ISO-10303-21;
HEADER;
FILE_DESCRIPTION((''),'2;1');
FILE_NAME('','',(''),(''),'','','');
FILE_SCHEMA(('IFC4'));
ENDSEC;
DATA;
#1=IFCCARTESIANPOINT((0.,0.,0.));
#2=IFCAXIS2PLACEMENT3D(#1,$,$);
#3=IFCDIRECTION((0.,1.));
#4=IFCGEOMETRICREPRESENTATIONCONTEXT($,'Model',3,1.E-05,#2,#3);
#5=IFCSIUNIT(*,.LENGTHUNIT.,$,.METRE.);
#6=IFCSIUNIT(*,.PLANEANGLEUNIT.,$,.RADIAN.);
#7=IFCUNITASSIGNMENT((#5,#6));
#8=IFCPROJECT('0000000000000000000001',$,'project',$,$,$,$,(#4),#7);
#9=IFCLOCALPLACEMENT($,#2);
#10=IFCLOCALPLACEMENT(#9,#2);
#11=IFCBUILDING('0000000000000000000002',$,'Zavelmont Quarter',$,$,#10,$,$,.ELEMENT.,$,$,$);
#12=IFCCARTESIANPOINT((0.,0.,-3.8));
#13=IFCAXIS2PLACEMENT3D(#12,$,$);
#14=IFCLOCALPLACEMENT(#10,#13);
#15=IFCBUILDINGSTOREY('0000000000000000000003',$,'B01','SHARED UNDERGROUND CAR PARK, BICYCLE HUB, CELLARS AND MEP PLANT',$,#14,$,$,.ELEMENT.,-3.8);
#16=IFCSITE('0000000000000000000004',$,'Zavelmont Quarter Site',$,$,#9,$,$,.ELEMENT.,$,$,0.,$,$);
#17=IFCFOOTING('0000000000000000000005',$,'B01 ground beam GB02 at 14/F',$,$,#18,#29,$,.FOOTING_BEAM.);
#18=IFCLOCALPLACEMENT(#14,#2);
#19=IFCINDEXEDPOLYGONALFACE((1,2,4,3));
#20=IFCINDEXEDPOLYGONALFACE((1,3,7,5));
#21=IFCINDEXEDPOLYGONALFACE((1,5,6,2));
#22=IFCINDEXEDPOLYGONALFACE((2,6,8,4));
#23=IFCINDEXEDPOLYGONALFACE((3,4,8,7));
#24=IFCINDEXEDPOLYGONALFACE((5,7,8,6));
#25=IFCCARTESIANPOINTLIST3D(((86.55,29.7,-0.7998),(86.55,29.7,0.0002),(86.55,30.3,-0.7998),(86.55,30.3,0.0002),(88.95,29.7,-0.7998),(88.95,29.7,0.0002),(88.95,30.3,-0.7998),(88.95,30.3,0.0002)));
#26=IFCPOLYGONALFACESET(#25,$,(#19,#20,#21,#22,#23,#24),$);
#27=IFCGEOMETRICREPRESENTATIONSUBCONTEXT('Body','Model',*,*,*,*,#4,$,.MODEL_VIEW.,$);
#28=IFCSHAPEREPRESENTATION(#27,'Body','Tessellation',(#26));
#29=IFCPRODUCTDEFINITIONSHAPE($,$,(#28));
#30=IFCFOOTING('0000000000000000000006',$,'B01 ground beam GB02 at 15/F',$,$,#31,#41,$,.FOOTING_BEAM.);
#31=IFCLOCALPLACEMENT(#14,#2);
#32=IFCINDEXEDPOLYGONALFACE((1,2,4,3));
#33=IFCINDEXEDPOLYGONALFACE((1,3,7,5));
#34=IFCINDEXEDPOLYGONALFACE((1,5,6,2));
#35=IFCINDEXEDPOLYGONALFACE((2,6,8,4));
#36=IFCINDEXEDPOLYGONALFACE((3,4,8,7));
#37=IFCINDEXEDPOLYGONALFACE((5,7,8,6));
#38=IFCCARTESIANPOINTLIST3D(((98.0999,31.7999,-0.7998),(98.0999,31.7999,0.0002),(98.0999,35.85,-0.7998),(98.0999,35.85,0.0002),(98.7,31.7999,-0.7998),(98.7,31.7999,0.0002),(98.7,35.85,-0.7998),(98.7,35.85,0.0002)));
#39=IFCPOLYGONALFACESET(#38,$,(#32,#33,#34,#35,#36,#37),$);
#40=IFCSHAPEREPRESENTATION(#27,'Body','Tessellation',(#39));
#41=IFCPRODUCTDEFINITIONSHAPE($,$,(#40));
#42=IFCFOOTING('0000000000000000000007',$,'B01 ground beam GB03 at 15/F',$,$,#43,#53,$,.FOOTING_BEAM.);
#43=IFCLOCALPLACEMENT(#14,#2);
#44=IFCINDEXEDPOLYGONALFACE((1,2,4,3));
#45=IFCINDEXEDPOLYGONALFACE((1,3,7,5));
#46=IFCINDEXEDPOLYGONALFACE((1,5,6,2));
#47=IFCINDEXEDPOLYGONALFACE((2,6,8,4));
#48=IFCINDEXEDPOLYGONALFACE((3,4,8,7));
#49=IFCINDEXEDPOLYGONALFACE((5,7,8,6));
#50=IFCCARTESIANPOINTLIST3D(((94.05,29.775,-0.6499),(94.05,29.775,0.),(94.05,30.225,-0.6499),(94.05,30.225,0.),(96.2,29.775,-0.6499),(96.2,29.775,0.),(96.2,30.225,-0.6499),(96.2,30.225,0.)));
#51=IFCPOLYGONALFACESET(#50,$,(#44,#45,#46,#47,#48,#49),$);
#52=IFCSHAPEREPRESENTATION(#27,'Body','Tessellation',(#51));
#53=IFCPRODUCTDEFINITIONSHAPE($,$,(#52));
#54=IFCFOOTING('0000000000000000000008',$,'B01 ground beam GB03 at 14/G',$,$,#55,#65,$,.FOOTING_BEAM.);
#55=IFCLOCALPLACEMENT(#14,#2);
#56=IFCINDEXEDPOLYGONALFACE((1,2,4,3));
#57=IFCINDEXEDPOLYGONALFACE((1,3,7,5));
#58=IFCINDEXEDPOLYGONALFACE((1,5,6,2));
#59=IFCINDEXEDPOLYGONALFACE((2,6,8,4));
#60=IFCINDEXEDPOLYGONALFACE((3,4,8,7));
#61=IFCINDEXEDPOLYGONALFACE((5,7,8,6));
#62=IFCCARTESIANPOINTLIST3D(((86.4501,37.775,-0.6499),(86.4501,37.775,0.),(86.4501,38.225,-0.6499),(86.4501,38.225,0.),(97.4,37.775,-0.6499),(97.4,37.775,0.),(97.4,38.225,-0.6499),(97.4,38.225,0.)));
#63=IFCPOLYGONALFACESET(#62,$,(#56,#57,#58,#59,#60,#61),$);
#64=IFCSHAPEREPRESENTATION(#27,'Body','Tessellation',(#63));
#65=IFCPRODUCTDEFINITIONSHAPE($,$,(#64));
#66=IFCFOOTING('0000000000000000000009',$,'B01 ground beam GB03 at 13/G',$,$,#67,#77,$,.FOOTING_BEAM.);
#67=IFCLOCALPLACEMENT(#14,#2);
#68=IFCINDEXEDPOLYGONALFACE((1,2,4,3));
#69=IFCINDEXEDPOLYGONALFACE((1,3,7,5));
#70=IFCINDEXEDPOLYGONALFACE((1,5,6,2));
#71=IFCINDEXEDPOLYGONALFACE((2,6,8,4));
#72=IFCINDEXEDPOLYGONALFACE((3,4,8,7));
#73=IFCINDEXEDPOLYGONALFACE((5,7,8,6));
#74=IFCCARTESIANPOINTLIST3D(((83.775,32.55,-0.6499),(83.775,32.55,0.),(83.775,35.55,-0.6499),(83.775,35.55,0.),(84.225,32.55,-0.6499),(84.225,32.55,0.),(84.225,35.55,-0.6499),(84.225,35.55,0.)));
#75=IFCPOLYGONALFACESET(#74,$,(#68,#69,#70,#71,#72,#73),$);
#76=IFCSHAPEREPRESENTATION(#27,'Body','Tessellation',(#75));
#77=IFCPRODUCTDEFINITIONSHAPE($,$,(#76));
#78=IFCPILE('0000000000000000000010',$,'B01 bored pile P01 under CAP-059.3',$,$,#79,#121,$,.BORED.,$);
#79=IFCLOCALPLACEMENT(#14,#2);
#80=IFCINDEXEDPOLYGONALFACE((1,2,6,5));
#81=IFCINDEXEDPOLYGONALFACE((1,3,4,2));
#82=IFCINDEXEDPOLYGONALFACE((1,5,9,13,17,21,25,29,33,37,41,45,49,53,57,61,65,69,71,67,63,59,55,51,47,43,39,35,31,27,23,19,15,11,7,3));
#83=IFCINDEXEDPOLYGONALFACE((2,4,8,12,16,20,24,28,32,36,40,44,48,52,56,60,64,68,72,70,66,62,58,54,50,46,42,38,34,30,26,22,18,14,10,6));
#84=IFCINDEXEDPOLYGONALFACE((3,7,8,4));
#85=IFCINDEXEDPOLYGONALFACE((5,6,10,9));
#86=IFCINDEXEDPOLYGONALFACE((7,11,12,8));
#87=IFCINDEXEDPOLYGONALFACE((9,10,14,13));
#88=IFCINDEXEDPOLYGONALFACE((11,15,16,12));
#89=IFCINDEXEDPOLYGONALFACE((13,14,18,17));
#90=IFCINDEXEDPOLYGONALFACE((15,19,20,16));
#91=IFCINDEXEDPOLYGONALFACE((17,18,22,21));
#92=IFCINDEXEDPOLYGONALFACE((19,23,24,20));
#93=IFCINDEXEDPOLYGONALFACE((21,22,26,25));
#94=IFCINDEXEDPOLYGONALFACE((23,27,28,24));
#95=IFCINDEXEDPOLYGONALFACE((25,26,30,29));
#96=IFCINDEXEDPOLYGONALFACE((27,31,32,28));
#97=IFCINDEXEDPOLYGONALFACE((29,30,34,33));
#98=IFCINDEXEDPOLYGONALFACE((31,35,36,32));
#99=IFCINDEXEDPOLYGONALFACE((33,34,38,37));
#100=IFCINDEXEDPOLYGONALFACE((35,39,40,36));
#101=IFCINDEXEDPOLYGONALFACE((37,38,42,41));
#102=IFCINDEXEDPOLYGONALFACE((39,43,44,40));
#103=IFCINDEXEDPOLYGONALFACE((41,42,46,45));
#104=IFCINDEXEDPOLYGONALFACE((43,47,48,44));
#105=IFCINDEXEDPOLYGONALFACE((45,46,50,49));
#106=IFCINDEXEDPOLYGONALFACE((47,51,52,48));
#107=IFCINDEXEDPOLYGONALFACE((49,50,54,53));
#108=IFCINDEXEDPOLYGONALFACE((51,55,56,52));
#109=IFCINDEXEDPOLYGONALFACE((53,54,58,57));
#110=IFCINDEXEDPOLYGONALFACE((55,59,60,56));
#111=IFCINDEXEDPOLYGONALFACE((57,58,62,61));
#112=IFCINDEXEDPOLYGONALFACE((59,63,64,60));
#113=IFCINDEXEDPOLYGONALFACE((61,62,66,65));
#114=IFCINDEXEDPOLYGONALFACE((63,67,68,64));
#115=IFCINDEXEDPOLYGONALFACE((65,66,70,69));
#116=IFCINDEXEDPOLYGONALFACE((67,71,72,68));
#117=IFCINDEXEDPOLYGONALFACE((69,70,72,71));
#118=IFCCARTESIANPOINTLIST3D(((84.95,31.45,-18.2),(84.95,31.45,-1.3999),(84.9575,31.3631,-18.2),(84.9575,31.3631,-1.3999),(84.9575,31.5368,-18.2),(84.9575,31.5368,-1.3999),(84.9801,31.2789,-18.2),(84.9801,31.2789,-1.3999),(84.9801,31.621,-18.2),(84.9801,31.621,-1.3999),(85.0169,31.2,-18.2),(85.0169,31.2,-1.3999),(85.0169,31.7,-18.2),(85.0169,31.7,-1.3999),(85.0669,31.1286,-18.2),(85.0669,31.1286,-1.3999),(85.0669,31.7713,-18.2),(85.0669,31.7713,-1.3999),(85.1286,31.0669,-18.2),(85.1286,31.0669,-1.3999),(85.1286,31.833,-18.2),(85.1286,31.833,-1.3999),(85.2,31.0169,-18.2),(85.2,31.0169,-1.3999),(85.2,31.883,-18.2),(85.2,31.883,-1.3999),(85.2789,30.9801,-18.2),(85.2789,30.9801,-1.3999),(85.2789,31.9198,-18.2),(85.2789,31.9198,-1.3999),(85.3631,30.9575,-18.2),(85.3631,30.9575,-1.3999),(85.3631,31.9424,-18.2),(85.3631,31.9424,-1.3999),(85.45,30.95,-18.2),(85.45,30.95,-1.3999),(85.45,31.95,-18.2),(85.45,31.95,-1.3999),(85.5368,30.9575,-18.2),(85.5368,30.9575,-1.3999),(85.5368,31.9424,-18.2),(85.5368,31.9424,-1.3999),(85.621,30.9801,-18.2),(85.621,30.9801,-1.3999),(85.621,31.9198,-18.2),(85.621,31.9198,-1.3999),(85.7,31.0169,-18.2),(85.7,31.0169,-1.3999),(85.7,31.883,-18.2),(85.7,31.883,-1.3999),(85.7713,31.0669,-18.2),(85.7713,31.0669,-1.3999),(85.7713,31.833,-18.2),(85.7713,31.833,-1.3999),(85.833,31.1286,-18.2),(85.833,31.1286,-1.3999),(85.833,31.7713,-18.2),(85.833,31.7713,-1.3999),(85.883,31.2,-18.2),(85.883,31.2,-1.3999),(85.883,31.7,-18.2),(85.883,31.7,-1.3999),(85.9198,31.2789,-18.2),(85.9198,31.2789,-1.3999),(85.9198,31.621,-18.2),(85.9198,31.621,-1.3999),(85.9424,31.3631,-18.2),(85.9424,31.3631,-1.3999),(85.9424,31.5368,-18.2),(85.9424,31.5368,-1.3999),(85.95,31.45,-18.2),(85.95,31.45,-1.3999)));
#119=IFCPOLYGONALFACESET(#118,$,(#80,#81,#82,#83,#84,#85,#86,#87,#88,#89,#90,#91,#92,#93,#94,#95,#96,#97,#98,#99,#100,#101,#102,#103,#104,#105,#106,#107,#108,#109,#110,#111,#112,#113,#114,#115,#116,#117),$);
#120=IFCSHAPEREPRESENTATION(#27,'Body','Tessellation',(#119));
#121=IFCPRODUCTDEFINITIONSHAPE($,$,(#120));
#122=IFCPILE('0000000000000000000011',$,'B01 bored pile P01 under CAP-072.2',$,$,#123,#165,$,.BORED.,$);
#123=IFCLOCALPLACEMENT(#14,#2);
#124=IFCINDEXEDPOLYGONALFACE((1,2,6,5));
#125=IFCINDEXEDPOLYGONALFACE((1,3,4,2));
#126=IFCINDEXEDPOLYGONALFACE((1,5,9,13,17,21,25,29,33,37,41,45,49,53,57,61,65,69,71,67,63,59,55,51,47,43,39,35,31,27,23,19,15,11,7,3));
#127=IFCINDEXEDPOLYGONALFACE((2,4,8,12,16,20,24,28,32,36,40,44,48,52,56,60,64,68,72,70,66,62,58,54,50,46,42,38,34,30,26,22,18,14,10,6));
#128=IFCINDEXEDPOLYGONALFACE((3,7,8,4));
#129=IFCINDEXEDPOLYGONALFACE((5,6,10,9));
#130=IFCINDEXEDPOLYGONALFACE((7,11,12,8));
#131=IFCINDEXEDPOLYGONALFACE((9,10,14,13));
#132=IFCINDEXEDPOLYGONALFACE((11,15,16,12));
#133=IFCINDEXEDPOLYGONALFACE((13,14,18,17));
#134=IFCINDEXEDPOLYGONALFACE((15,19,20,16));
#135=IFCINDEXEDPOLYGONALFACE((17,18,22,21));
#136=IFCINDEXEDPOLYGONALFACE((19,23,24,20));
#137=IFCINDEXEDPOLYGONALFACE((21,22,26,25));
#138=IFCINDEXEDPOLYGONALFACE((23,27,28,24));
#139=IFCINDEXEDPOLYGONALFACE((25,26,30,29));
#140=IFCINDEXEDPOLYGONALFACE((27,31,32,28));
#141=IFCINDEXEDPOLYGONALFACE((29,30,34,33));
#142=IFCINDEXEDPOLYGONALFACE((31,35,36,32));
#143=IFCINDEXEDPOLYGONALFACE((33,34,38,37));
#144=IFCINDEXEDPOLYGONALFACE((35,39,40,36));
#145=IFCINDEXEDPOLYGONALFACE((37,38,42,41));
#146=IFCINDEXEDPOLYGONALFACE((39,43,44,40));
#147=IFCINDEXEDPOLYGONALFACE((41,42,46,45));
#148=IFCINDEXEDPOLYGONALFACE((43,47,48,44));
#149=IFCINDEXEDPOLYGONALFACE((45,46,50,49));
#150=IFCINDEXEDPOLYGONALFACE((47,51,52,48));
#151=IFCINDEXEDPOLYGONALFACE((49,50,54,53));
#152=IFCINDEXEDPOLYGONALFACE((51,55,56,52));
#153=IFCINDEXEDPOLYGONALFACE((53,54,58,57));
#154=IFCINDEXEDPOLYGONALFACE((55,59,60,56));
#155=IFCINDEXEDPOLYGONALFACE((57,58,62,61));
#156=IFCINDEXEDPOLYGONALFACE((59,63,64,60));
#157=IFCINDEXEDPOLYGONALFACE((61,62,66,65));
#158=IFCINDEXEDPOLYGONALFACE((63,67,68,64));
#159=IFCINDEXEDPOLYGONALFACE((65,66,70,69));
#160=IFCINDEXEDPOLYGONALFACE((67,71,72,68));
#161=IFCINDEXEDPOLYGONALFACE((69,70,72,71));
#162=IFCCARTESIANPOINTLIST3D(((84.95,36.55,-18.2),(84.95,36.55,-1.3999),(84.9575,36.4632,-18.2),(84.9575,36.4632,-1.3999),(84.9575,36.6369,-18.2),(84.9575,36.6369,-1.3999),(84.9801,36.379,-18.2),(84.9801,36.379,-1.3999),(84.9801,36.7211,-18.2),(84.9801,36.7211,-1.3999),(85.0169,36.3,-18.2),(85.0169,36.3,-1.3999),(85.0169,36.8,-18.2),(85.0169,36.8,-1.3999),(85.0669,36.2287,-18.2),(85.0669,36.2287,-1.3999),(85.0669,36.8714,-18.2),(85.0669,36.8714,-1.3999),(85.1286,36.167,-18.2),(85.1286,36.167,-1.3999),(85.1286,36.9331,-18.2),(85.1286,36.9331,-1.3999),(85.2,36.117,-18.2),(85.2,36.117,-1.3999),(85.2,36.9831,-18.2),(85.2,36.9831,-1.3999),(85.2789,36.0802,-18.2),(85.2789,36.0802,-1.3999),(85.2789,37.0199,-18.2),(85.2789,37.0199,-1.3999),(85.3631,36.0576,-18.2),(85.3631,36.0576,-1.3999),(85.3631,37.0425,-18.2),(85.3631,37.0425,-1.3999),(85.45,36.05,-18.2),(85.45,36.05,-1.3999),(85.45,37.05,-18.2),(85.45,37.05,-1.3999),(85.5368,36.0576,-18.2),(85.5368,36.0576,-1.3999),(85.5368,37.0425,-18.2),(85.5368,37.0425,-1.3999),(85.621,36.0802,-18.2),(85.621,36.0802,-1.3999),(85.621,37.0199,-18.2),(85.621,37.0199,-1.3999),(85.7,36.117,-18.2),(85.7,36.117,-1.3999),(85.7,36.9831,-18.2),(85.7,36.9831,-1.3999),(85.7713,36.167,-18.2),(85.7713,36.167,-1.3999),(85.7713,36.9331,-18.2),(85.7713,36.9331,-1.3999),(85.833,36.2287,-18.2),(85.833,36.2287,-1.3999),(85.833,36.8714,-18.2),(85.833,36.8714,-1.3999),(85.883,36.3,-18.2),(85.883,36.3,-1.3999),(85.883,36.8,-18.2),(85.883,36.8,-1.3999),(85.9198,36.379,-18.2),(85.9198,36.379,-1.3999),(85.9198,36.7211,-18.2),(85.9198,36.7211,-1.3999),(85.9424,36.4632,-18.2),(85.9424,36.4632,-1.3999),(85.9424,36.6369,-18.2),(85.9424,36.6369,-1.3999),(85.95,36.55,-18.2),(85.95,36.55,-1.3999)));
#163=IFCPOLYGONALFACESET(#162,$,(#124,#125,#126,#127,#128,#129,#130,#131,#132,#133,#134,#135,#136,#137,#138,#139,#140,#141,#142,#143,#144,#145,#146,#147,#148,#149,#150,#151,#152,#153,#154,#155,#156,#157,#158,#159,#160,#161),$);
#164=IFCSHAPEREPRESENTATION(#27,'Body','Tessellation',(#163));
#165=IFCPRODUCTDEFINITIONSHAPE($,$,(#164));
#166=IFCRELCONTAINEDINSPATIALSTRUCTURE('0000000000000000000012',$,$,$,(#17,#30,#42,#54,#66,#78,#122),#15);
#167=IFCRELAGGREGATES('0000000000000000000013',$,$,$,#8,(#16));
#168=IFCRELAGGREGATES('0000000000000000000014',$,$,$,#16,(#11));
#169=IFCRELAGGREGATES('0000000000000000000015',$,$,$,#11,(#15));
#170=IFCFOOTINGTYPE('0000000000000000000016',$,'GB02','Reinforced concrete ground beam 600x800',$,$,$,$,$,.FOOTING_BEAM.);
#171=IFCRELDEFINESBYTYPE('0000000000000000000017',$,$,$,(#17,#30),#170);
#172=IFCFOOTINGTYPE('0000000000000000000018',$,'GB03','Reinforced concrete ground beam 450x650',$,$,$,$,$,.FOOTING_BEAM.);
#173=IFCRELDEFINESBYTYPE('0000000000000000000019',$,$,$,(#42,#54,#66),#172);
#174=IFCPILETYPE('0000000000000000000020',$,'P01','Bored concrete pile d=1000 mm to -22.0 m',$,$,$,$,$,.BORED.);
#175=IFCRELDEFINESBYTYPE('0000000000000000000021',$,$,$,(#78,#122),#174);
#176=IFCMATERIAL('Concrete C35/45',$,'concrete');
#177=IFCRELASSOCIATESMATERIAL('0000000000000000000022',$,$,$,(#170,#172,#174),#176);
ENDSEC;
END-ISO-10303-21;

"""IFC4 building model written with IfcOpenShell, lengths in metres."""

from ifc_helpers import new_model, si_unit, direction, frame, origin, origin_2d, place, context, subcontext, project, spatial, rectangle, circle, extrude, material, material_profile, profile_set, type_object, element, save


model = new_model("IFC4")

# Units and contexts
model_context = context("Model", 3, precision=1e-05, world=origin(), true_north=direction((0.0, 1.0)))
body_context = subcontext(model_context, "Body", "Model", "MODEL_VIEW")
ifc_project = project(units=[si_unit("LENGTHUNIT", "METRE"), si_unit("PLANEANGLEUNIT", "RADIAN")], contexts=[model_context])

# Site, building, storey
site_placement = place(None, origin())
site = spatial("IfcSite", under=ifc_project, at=site_placement, Name="Zavelmont Quarter Site", CompositionType="ELEMENT", RefElevation=0.0)
building_placement = place(site_placement, origin())
building = spatial("IfcBuilding", under=site, at=building_placement, Name="Zavelmont Quarter", CompositionType="ELEMENT")
storey_placement = place(building_placement, frame((0.0, 0.0, -3.8)))
storey = spatial("IfcBuildingStorey", under=building, at=storey_placement, Name="B01", Description="SHARED UNDERGROUND CAR PARK, BICYCLE HUB, CELLARS AND MEP PLANT", CompositionType="ELEMENT", Elevation=-3.8)

# Footings
ifc_material_1 = material(Name="Concrete C35/45", Category="concrete")
footing_type_1 = type_object("IfcFootingType", Name="GB02", Description="Reinforced concrete ground beam 600x800", PredefinedType="FOOTING_BEAM", material=ifc_material_1)
footing_1_placement = place(storey_placement, frame((87.75, 30.0, -0.7998), z_axis=(0.0, 0.0, 1.0), x_axis=(1.0, 0.0, 0.0)))
element("IfcFooting", 1, at=footing_1_placement, inside=storey, type_object=footing_type_1, Name="B01 ground beam GB02 at 14/F", PredefinedType="FOOTING_BEAM", context=body_context, shape_type="SweptSolid", body=[
    extrude(rectangle(XDim=2.3999, YDim=0.6001, at=origin_2d()), origin(), (0.0, 0.0, 1.0), 0.8),
])
footing_2_placement = place(storey_placement, frame((98.3999, 33.825, -0.7998), z_axis=(0.0, 0.0, 1.0), x_axis=(0.0, 1.0, 0.0)))
element("IfcFooting", 2, at=footing_2_placement, inside=storey, type_object=footing_type_1, Name="B01 ground beam GB02 at 15/F", PredefinedType="FOOTING_BEAM", context=body_context, shape_type="SweptSolid", body=[
    extrude(rectangle(XDim=4.05, YDim=0.6001, at=origin_2d()), origin(), (0.0, 0.0, 1.0), 0.8),
])
footing_type_2 = type_object("IfcFootingType", Name="GB03", Description="Reinforced concrete ground beam 450x650", PredefinedType="FOOTING_BEAM", material=ifc_material_1)
footing_3_placement = place(storey_placement, frame((95.125, 30.0, -0.6499), z_axis=(0.0, 0.0, 1.0), x_axis=(1.0, 0.0, 0.0)))
element("IfcFooting", 3, at=footing_3_placement, inside=storey, type_object=footing_type_2, Name="B01 ground beam GB03 at 15/F", PredefinedType="FOOTING_BEAM", context=body_context, shape_type="SweptSolid", body=[
    extrude(rectangle(XDim=2.1499, YDim=0.45, at=origin_2d()), origin(), (0.0, 0.0, 1.0), 0.6499),
])
footing_4_placement = place(storey_placement, frame((91.925, 38.0, -0.6499), z_axis=(0.0, 0.0, 1.0), x_axis=(1.0, 0.0, 0.0)))
element("IfcFooting", 4, at=footing_4_placement, inside=storey, type_object=footing_type_2, Name="B01 ground beam GB03 at 14/G", PredefinedType="FOOTING_BEAM", context=body_context, shape_type="SweptSolid", body=[
    extrude(rectangle(XDim=10.95, YDim=0.45, at=origin_2d()), origin(), (0.0, 0.0, 1.0), 0.6499),
])
footing_5_placement = place(storey_placement, frame((84.0, 34.05, -0.6499), z_axis=(0.0, 0.0, 1.0), x_axis=(0.0, 1.0, 0.0)))
element("IfcFooting", 5, at=footing_5_placement, inside=storey, type_object=footing_type_2, Name="B01 ground beam GB03 at 13/G", PredefinedType="FOOTING_BEAM", context=body_context, shape_type="SweptSolid", body=[
    extrude(rectangle(XDim=3.0, YDim=0.45, at=origin_2d()), origin(), (0.0, 0.0, 1.0), 0.6499),
])

# Piles
ifc_material_profile_1 = material_profile(ifc_material_1, circle(Radius=0.5, at=origin_2d()), Name="BP1000")
ifc_profile_set_1 = profile_set([ifc_material_profile_1], Name="Concrete C35/45")
pile_type_1 = type_object("IfcPileType", Name="P01", Description="Bored concrete pile d=1000 mm to -22.0 m", PredefinedType="BORED", material=ifc_profile_set_1)
for number, where, z_axis, x_axis, name in (
    (6, (85.45, 31.45, -1.3999), (0.0, 0.0, -1.0), (1.0, 0.0, 0.0), "B01 bored pile P01 under CAP-059.3"),
    (7, (85.45, 36.55, -1.3999), (0.0, 0.0, -1.0), (1.0, 0.0, 0.0), "B01 bored pile P01 under CAP-072.2"),
):
    element("IfcPile", number, at=place(storey_placement, frame(where, z_axis=z_axis, x_axis=x_axis)), inside=storey, type_object=pile_type_1, Name=name, PredefinedType="BORED", context=body_context, shape_type="SweptSolid", body=[
        extrude(circle(Radius=0.5, at=origin_2d()), origin(), (0.0, 0.0, 1.0), 16.8),
    ])

save(model, "model.ifc")
